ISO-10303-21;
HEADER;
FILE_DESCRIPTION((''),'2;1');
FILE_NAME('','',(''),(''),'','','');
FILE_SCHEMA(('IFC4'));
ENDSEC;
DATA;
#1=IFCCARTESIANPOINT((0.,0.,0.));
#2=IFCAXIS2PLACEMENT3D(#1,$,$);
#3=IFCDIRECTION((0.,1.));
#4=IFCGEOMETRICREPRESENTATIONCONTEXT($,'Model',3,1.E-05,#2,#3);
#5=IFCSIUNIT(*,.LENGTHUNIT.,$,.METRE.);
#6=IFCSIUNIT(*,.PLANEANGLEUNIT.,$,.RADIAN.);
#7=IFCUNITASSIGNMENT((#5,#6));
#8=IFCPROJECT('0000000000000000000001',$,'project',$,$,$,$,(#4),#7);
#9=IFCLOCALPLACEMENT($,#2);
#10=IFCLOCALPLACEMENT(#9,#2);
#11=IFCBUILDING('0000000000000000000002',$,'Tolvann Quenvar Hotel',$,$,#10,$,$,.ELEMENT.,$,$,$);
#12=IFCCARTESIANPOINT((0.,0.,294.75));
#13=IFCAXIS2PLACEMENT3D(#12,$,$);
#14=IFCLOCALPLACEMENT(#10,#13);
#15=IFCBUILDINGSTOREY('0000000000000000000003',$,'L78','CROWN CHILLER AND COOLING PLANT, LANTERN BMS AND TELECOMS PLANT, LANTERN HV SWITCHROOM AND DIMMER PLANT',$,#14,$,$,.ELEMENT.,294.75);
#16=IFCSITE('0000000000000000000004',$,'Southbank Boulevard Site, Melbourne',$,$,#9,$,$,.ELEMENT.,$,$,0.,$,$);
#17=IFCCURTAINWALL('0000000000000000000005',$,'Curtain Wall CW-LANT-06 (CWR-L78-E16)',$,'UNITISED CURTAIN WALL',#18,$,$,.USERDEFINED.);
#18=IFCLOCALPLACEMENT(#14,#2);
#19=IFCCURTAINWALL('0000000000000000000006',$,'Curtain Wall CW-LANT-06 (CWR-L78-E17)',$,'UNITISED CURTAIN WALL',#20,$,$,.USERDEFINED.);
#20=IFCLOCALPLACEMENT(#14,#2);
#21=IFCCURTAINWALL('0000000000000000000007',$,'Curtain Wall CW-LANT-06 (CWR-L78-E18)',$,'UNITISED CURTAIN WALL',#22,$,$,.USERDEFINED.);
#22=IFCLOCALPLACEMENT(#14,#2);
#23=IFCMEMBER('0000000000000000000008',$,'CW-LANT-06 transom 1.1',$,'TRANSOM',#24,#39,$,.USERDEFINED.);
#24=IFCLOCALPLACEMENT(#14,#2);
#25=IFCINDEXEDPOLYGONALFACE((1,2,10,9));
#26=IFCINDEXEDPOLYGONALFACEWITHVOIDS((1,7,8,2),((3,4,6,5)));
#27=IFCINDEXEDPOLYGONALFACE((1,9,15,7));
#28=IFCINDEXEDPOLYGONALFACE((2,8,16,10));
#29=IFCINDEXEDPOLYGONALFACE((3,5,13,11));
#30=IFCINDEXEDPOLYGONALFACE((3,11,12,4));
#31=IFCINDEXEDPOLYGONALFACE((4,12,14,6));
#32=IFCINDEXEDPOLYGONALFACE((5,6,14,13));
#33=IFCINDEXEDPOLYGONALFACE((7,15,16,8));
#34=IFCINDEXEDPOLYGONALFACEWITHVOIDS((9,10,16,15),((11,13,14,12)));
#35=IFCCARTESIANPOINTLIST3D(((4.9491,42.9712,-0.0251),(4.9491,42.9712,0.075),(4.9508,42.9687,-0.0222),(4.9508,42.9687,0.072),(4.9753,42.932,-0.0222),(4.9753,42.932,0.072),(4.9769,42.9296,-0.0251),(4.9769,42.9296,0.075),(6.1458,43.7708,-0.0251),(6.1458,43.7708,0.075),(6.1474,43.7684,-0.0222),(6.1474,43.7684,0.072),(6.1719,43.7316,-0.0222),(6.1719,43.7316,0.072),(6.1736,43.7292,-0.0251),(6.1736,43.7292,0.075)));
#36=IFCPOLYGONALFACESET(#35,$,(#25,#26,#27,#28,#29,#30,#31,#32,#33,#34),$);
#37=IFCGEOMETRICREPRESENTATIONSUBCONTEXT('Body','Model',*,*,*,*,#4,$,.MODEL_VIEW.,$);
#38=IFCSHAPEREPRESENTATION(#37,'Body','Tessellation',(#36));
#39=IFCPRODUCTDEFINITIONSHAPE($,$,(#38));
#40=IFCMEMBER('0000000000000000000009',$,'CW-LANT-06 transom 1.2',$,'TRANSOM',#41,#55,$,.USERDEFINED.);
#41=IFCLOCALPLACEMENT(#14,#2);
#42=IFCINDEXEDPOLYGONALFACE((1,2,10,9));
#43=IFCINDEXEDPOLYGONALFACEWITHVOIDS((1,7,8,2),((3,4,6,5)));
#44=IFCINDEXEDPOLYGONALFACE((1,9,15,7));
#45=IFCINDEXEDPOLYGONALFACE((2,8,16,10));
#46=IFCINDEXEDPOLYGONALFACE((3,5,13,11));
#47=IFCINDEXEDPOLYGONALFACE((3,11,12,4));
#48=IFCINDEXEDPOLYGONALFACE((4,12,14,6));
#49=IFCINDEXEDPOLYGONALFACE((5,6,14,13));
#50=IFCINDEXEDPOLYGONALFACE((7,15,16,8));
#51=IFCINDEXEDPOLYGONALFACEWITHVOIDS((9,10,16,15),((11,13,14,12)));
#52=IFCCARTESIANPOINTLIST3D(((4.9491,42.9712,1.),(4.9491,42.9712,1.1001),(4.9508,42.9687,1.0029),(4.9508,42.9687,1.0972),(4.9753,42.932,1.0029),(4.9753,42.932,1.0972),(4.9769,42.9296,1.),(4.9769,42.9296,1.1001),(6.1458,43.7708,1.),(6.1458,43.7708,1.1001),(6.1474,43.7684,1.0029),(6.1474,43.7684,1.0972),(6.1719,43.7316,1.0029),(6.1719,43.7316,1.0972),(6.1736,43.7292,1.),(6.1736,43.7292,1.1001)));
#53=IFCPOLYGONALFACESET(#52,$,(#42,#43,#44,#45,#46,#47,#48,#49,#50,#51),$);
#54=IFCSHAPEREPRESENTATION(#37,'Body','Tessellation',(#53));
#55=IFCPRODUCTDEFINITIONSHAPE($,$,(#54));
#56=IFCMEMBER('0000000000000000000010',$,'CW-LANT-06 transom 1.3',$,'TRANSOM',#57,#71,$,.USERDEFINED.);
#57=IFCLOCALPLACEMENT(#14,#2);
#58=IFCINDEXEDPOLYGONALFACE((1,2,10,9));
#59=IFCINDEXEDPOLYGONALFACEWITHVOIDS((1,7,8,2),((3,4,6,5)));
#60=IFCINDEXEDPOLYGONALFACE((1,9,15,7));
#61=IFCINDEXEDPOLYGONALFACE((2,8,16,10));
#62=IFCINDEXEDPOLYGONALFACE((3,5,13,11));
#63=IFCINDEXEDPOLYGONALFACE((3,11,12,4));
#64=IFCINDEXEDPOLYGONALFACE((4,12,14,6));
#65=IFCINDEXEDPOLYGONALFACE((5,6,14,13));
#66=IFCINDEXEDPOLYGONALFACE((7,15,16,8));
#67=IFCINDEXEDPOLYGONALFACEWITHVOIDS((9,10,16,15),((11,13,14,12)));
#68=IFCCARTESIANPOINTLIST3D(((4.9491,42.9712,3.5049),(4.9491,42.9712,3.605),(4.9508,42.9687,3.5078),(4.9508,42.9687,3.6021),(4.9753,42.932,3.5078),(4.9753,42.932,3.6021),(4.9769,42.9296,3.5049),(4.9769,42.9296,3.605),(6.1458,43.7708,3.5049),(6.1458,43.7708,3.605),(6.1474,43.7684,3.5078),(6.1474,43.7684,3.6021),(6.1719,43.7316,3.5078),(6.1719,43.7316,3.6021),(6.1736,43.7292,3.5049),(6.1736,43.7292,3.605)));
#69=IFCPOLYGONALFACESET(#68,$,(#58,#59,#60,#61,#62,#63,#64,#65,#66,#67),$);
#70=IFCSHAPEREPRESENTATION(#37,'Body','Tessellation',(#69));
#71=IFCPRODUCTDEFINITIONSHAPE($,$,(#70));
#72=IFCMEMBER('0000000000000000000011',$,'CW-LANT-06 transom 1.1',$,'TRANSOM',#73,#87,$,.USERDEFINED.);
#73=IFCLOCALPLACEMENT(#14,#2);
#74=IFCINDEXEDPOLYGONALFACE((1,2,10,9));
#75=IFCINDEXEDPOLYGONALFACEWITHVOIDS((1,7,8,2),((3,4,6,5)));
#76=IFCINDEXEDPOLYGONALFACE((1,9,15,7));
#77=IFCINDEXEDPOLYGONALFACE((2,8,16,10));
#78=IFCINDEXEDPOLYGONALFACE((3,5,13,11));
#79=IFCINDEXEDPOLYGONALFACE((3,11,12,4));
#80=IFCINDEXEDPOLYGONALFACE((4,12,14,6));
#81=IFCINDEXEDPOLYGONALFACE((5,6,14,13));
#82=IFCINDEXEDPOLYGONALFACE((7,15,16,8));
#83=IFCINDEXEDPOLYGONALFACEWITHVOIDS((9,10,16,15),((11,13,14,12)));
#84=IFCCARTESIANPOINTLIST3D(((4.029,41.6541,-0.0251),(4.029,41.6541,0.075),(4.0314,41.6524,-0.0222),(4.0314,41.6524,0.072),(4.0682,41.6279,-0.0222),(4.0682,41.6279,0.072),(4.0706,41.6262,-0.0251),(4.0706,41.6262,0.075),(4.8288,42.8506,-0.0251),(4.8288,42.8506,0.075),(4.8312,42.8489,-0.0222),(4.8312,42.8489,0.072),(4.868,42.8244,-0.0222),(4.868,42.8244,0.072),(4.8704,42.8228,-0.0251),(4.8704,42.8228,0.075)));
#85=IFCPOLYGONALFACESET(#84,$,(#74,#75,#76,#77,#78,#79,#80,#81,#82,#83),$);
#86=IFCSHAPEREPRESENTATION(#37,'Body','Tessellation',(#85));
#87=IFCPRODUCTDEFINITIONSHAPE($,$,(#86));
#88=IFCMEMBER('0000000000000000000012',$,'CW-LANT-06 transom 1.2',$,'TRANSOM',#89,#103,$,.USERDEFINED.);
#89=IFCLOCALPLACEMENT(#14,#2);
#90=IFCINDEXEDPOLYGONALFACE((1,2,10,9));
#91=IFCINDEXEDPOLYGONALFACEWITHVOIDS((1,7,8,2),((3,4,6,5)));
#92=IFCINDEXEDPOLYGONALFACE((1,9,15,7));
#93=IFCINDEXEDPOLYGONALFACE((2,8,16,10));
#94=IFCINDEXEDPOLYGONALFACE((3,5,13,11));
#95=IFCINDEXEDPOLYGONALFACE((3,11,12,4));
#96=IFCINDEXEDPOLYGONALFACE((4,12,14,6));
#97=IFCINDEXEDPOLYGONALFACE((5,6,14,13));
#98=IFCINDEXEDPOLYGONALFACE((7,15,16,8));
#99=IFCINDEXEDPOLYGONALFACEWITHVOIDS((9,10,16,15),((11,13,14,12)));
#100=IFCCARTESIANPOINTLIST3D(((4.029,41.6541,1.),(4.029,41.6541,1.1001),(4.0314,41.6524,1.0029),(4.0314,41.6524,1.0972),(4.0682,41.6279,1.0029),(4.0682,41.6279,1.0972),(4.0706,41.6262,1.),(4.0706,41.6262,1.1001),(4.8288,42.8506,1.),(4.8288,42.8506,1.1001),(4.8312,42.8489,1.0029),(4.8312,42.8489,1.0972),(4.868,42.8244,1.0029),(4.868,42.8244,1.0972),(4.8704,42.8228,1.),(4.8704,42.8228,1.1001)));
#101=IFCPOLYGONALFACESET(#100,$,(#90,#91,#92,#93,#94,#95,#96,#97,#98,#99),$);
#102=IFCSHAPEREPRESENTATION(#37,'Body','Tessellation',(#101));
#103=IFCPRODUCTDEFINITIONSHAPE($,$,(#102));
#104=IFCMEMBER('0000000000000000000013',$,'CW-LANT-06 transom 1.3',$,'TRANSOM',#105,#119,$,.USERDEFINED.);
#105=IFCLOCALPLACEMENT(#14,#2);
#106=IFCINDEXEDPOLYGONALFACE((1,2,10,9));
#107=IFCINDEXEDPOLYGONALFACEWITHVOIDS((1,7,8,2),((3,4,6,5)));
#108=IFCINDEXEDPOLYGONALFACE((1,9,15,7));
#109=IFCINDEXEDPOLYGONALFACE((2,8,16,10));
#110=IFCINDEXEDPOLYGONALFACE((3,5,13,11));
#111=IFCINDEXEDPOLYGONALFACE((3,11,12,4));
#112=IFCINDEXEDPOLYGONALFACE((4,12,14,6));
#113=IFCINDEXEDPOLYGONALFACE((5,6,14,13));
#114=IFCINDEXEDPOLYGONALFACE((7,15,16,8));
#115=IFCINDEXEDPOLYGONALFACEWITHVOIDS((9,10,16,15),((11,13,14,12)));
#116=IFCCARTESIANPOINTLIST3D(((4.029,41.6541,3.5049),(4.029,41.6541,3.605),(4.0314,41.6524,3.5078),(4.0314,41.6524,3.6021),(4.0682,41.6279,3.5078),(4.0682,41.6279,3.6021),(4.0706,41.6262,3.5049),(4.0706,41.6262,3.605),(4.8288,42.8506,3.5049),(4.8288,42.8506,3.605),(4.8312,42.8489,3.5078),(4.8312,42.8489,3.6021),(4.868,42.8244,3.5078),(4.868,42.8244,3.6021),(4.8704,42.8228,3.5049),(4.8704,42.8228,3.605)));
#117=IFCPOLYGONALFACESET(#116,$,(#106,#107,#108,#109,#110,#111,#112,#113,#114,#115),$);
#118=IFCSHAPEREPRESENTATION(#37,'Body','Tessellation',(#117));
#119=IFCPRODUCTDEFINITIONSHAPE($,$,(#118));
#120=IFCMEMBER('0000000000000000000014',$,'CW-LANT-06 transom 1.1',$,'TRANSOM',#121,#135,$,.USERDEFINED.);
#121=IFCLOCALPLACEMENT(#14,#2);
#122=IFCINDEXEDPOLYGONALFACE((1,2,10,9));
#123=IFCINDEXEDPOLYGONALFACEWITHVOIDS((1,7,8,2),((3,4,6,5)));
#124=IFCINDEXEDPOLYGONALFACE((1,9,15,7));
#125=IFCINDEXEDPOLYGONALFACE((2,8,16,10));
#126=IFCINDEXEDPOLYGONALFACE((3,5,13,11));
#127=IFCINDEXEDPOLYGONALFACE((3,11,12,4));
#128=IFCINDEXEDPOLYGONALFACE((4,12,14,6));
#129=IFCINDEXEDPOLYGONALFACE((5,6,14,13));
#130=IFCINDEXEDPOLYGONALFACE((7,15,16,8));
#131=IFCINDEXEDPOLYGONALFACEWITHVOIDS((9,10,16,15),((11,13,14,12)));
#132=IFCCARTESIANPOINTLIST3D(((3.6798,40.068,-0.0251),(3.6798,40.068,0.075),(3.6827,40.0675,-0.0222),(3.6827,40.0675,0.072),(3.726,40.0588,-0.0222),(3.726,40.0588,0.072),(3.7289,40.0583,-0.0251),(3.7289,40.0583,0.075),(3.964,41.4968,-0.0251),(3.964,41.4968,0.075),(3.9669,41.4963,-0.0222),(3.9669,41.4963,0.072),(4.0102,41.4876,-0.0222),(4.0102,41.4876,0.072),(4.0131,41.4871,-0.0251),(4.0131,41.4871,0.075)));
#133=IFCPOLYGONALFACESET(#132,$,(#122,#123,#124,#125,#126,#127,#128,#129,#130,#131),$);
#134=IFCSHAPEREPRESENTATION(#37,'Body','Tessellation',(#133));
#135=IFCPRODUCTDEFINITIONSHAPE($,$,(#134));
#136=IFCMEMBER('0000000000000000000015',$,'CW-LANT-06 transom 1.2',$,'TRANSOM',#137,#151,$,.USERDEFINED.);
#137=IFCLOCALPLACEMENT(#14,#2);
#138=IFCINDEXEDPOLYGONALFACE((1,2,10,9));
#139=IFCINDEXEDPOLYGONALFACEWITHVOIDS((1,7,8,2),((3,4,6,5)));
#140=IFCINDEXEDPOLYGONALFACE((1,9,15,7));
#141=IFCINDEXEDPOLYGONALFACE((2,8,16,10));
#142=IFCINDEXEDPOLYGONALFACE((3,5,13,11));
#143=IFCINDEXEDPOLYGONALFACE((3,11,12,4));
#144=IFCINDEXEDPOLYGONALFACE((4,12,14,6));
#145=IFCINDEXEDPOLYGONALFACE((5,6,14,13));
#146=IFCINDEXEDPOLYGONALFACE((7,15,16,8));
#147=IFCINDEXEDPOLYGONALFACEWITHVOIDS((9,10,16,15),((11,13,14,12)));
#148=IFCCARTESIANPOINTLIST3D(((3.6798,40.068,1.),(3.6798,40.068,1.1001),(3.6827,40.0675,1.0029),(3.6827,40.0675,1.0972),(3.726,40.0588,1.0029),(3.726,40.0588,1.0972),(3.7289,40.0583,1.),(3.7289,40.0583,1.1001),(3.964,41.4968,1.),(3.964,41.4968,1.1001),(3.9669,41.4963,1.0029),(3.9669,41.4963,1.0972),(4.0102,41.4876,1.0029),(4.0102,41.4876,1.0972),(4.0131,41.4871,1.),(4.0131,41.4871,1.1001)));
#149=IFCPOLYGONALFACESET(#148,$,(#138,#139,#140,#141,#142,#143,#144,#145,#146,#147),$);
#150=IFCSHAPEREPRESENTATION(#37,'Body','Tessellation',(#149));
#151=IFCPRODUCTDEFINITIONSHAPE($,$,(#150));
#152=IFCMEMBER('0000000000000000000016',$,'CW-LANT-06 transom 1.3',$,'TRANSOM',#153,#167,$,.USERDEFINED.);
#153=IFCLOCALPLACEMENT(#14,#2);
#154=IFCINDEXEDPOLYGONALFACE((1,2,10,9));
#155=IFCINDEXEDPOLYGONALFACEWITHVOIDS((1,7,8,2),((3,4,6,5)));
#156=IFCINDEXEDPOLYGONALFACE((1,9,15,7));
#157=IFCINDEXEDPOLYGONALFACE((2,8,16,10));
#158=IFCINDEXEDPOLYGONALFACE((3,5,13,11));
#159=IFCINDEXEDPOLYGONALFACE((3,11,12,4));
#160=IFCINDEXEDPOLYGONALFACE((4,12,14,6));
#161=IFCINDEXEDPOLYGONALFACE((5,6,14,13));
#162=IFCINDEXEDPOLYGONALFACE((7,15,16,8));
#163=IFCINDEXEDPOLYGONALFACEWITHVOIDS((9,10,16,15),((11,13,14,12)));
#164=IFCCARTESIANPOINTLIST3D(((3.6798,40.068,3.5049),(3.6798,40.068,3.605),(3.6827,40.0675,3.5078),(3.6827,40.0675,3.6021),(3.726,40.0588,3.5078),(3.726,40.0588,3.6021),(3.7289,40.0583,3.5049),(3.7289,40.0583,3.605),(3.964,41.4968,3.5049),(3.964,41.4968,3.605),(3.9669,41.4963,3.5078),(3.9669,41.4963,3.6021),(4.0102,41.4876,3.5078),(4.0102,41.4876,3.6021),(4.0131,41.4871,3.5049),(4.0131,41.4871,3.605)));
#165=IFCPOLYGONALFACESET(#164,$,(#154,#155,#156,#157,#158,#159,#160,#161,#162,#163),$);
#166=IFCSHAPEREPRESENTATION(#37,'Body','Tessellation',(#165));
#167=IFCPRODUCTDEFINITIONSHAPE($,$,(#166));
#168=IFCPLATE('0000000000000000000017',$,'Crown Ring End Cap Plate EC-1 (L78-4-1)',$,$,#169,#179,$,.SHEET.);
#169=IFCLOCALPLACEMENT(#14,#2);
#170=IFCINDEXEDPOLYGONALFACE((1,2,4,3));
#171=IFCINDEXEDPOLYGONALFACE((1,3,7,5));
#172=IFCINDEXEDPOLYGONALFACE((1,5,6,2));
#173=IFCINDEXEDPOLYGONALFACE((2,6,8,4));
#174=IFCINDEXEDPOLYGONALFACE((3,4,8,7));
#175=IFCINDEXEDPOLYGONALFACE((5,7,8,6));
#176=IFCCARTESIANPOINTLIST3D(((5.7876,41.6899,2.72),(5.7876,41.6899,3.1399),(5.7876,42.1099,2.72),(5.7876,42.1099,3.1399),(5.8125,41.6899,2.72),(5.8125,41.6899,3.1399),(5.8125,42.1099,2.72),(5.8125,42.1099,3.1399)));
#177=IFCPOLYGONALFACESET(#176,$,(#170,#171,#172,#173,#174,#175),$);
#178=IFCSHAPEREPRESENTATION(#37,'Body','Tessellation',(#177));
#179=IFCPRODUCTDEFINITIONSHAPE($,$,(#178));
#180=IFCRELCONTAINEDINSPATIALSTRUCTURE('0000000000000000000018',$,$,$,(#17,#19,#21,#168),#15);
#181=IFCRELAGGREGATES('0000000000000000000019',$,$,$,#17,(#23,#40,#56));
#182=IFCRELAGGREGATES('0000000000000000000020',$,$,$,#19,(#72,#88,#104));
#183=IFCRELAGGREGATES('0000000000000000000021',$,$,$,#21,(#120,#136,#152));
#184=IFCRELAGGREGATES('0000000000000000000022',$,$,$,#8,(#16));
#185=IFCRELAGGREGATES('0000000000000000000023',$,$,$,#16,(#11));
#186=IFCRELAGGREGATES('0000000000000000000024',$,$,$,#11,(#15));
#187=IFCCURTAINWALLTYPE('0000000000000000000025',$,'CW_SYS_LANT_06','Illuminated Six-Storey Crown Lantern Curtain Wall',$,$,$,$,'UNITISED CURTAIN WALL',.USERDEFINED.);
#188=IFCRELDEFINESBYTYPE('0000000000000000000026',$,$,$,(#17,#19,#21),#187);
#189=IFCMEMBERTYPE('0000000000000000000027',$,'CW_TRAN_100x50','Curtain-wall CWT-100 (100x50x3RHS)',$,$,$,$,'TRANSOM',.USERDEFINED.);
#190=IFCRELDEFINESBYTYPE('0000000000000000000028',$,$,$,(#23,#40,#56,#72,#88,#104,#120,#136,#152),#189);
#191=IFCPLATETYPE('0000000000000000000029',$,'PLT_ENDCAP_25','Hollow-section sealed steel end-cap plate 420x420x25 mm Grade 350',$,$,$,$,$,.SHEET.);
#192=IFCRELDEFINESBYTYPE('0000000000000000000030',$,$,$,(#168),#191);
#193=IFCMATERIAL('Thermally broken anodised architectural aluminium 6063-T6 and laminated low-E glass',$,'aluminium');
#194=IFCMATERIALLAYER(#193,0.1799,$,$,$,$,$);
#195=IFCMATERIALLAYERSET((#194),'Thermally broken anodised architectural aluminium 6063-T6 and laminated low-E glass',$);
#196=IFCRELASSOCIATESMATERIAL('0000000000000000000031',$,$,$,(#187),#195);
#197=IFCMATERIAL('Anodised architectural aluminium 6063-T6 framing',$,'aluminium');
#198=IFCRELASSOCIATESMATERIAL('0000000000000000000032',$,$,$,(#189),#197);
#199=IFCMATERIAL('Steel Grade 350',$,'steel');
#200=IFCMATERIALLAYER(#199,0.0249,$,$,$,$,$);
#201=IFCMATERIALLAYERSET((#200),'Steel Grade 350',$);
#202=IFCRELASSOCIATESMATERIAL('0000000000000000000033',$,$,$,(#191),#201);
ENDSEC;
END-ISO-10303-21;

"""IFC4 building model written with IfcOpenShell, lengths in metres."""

from ifc_helpers import new_model, si_unit, direction, frame, origin, origin_2d, place, context, subcontext, project, spatial, rectangle, hollow_rectangle, extrude, source, transform, mapped, material, layer, layer_set, material_profile, profile_set, type_object, type_shapes, element, aggregate, save


model = new_model("IFC4")

# Units and contexts
model_context = context("Model", 3, precision=1e-05, world=origin(), true_north=direction((0.0, 1.0)))
body_context = subcontext(model_context, "Body", "Model", "MODEL_VIEW")
ifc_project = project(units=[si_unit("LENGTHUNIT", "METRE"), si_unit("PLANEANGLEUNIT", "RADIAN")], contexts=[model_context])

# Site, building, storey
site_placement = place(None, origin())
site = spatial("IfcSite", under=ifc_project, at=site_placement, Name="Southbank Boulevard Site, Melbourne", CompositionType="ELEMENT", RefElevation=0.0)
building_placement = place(site_placement, origin())
building = spatial("IfcBuilding", under=site, at=building_placement, Name="Tolvann Quenvar Hotel", CompositionType="ELEMENT")
storey_placement = place(building_placement, frame((0.0, 0.0, 294.75)))
storey = spatial("IfcBuildingStorey", under=building, at=storey_placement, Name="L78", Description="CROWN CHILLER AND COOLING PLANT, LANTERN BMS AND TELECOMS PLANT, LANTERN HV SWITCHROOM AND DIMMER PLANT", CompositionType="ELEMENT", Elevation=294.75)

# Shared definitions
ifc_material_1 = material(Name="Steel Grade 350", Category="steel")

# Curtain wall
ifc_material_2 = material(Name="Thermally broken anodised architectural aluminium 6063-T6 and laminated low-E glass", Category="aluminium")
ifc_layer_1 = layer(ifc_material_2, 0.1799)
ifc_layer_set_1 = layer_set([ifc_layer_1], Name="Thermally broken anodised architectural aluminium 6063-T6 and laminated low-E glass")
curtain_wall_type = type_object("IfcCurtainWallType", Name="CW_SYS_LANT_06", Description="Illuminated Six-Storey Crown Lantern Curtain Wall", ElementType="UNITISED CURTAIN WALL", PredefinedType="USERDEFINED", material=ifc_layer_set_1)
curtain_wall_1_placement = place(storey_placement, origin())
curtain_wall_1 = element("IfcCurtainWall", 1, at=curtain_wall_1_placement, inside=storey, type_object=curtain_wall_type, Name="Curtain Wall CW-LANT-06 (CWR-L78-E16)", ObjectType="UNITISED CURTAIN WALL", PredefinedType="USERDEFINED")
ifc_material_3 = material(Name="Anodised architectural aluminium 6063-T6 framing", Category="aluminium")

# Curtain walls
curtain_wall_2_placement = place(storey_placement, origin())
curtain_wall_2 = element("IfcCurtainWall", 2, at=curtain_wall_2_placement, inside=storey, type_object=curtain_wall_type, Name="Curtain Wall CW-LANT-06 (CWR-L78-E17)", ObjectType="UNITISED CURTAIN WALL", PredefinedType="USERDEFINED")
curtain_wall_3_placement = place(storey_placement, origin())
curtain_wall_3 = element("IfcCurtainWall", 3, at=curtain_wall_3_placement, inside=storey, type_object=curtain_wall_type, Name="Curtain Wall CW-LANT-06 (CWR-L78-E18)", ObjectType="UNITISED CURTAIN WALL", PredefinedType="USERDEFINED")

# Members
ifc_material_profile_1 = material_profile(ifc_material_3, hollow_rectangle(XDim=0.05, YDim=0.1001, WallThickness=0.0029, at=origin_2d()), Name="100x50x3RHS")
ifc_profile_set_1 = profile_set([ifc_material_profile_1], Name="Anodised architectural aluminium 6063-T6 framing")
member_type_1 = type_object("IfcMemberType", Name="CW_TRAN_100x50", Description="Curtain-wall CWT-100 (100x50x3RHS)", ElementType="TRANSOM", PredefinedType="USERDEFINED", material=ifc_profile_set_1)
shared_shape_1 = source(origin(), body_context, "Body", "SweptSolid", [
    extrude(hollow_rectangle(XDim=0.05, YDim=0.1001, WallThickness=0.0029, at=origin_2d()), origin(), (0.0, 0.0, 1.0), 1.4392),
])
member_1_placement = place(storey_placement, frame((6.1597, 43.75, 0.0249), z_axis=(-0.83145, -0.5556, 0.0), x_axis=(0.5556, -0.83145, 0.0)))
member_1 = element("IfcMember", 4, at=member_1_placement, type_object=member_type_1, Name="CW-LANT-06 transom 1.1", ObjectType="TRANSOM", PredefinedType="USERDEFINED", context=body_context, shape_type="MappedRepresentation", body=[
    mapped(shared_shape_1, transform((0.0, 0.0, 0.0), x_axis=(1.0, 0.0, 0.0), y_axis=(0.0, 1.0, 0.0), z_axis=(0.0, 0.0, 1.0), scale=1.0)),
])
member_2_placement = place(storey_placement, frame((6.1597, 43.75, 1.05), z_axis=(-0.83145, -0.5556, 0.0), x_axis=(0.5556, -0.83145, 0.0)))
member_2 = element("IfcMember", 5, at=member_2_placement, type_object=member_type_1, Name="CW-LANT-06 transom 1.2", ObjectType="TRANSOM", PredefinedType="USERDEFINED", context=body_context, shape_type="MappedRepresentation", body=[
    mapped(shared_shape_1, transform((0.0, 0.0, 0.0), x_axis=(1.0, 0.0, 0.0), y_axis=(0.0, 1.0, 0.0), z_axis=(0.0, 0.0, 1.0), scale=1.0)),
])
member_3_placement = place(storey_placement, frame((6.1597, 43.75, 3.5549), z_axis=(-0.83145, -0.5556, 0.0), x_axis=(0.5556, -0.83145, 0.0)))
member_3 = element("IfcMember", 6, at=member_3_placement, type_object=member_type_1, Name="CW-LANT-06 transom 1.3", ObjectType="TRANSOM", PredefinedType="USERDEFINED", context=body_context, shape_type="MappedRepresentation", body=[
    mapped(shared_shape_1, transform((0.0, 0.0, 0.0), x_axis=(1.0, 0.0, 0.0), y_axis=(0.0, 1.0, 0.0), z_axis=(0.0, 0.0, 1.0), scale=1.0)),
])
member_4_placement = place(storey_placement, frame((4.8496, 42.8367, 0.0249), z_axis=(-0.555718, -0.831371, 0.0), x_axis=(0.831371, -0.555718, 0.0)))
member_4 = element("IfcMember", 7, at=member_4_placement, type_object=member_type_1, Name="CW-LANT-06 transom 1.1", ObjectType="TRANSOM", PredefinedType="USERDEFINED", context=body_context, shape_type="MappedRepresentation", body=[
    mapped(shared_shape_1, transform((0.0, 0.0, 0.0), x_axis=(1.0, 0.0, 0.0), y_axis=(0.0, 1.0, 0.0), z_axis=(0.0, 0.0, 1.0), scale=1.0)),
])
member_5_placement = place(storey_placement, frame((4.8496, 42.8367, 1.05), z_axis=(-0.555718, -0.831371, 0.0), x_axis=(0.831371, -0.555718, 0.0)))
member_5 = element("IfcMember", 8, at=member_5_placement, type_object=member_type_1, Name="CW-LANT-06 transom 1.2", ObjectType="TRANSOM", PredefinedType="USERDEFINED", context=body_context, shape_type="MappedRepresentation", body=[
    mapped(shared_shape_1, transform((0.0, 0.0, 0.0), x_axis=(1.0, 0.0, 0.0), y_axis=(0.0, 1.0, 0.0), z_axis=(0.0, 0.0, 1.0), scale=1.0)),
])
member_6_placement = place(storey_placement, frame((4.8496, 42.8367, 3.5549), z_axis=(-0.555718, -0.831371, 0.0), x_axis=(0.831371, -0.555718, 0.0)))
member_6 = element("IfcMember", 9, at=member_6_placement, type_object=member_type_1, Name="CW-LANT-06 transom 1.3", ObjectType="TRANSOM", PredefinedType="USERDEFINED", context=body_context, shape_type="MappedRepresentation", body=[
    mapped(shared_shape_1, transform((0.0, 0.0, 0.0), x_axis=(1.0, 0.0, 0.0), y_axis=(0.0, 1.0, 0.0), z_axis=(0.0, 0.0, 1.0), scale=1.0)),
])
shared_shape_2 = source(origin(), body_context, "Body", "SweptSolid", [
    extrude(hollow_rectangle(XDim=0.05, YDim=0.1001, WallThickness=0.0029, at=origin_2d()), origin(), (0.0, 0.0, 1.0), 1.4568),
])
type_shapes(member_type_1, [shared_shape_1, shared_shape_2])
member_7_placement = place(storey_placement, frame((3.9885, 41.4919, 0.0249), z_axis=(-0.195085, -0.980786, 0.0), x_axis=(0.980786, -0.195085, 0.0)))
member_7 = element("IfcMember", 10, at=member_7_placement, type_object=member_type_1, Name="CW-LANT-06 transom 1.1", ObjectType="TRANSOM", PredefinedType="USERDEFINED", context=body_context, shape_type="MappedRepresentation", body=[
    mapped(shared_shape_2, transform((0.0, 0.0, 0.0), x_axis=(1.0, 0.0, 0.0), y_axis=(0.0, 1.0, 0.0), z_axis=(0.0, 0.0, 1.0), scale=1.0)),
])
member_8_placement = place(storey_placement, frame((3.9885, 41.4919, 1.05), z_axis=(-0.195085, -0.980786, 0.0), x_axis=(0.980786, -0.195085, 0.0)))
member_8 = element("IfcMember", 11, at=member_8_placement, type_object=member_type_1, Name="CW-LANT-06 transom 1.2", ObjectType="TRANSOM", PredefinedType="USERDEFINED", context=body_context, shape_type="MappedRepresentation", body=[
    mapped(shared_shape_2, transform((0.0, 0.0, 0.0), x_axis=(1.0, 0.0, 0.0), y_axis=(0.0, 1.0, 0.0), z_axis=(0.0, 0.0, 1.0), scale=1.0)),
])
member_9_placement = place(storey_placement, frame((3.9885, 41.4919, 3.5549), z_axis=(-0.195085, -0.980786, 0.0), x_axis=(0.980786, -0.195085, 0.0)))
member_9 = element("IfcMember", 12, at=member_9_placement, type_object=member_type_1, Name="CW-LANT-06 transom 1.3", ObjectType="TRANSOM", PredefinedType="USERDEFINED", context=body_context, shape_type="MappedRepresentation", body=[
    mapped(shared_shape_2, transform((0.0, 0.0, 0.0), x_axis=(1.0, 0.0, 0.0), y_axis=(0.0, 1.0, 0.0), z_axis=(0.0, 0.0, 1.0), scale=1.0)),
])

# Plate
ifc_layer_2 = layer(ifc_material_1, 0.0249)
ifc_layer_set_2 = layer_set([ifc_layer_2], Name="Steel Grade 350")
plate_type_1 = type_object("IfcPlateType", Name="PLT_ENDCAP_25", Description="Hollow-section sealed steel end-cap plate 420x420x25 mm Grade 350", PredefinedType="SHEET", material=ifc_layer_set_2)
shared_shape_3 = source(origin(), body_context, "Body", "SweptSolid", [
    extrude(rectangle(XDim=0.0249, YDim=0.4199, at=origin_2d()), origin(), (0.0, 0.0, 1.0), 0.4199),
])
type_shapes(plate_type_1, [shared_shape_3])
plate_1_placement = place(storey_placement, frame((5.8, 41.8999, 2.72), z_axis=(0.0, 0.0, 1.0), x_axis=(1.0, 0.0, 0.0)))
element("IfcPlate", 13, at=plate_1_placement, inside=storey, type_object=plate_type_1, Name="Crown Ring End Cap Plate EC-1 (L78-4-1)", PredefinedType="SHEET", context=body_context, shape_type="MappedRepresentation", body=[
    mapped(shared_shape_3, transform((0.0, 0.0, 0.0), x_axis=(1.0, 0.0, 0.0), y_axis=(0.0, 1.0, 0.0), z_axis=(0.0, 0.0, 1.0), scale=1.0)),
])
aggregate(curtain_wall_1, [member_1, member_2, member_3])
aggregate(curtain_wall_2, [member_4, member_5, member_6])
aggregate(curtain_wall_3, [member_7, member_8, member_9])

save(model, "model.ifc")
